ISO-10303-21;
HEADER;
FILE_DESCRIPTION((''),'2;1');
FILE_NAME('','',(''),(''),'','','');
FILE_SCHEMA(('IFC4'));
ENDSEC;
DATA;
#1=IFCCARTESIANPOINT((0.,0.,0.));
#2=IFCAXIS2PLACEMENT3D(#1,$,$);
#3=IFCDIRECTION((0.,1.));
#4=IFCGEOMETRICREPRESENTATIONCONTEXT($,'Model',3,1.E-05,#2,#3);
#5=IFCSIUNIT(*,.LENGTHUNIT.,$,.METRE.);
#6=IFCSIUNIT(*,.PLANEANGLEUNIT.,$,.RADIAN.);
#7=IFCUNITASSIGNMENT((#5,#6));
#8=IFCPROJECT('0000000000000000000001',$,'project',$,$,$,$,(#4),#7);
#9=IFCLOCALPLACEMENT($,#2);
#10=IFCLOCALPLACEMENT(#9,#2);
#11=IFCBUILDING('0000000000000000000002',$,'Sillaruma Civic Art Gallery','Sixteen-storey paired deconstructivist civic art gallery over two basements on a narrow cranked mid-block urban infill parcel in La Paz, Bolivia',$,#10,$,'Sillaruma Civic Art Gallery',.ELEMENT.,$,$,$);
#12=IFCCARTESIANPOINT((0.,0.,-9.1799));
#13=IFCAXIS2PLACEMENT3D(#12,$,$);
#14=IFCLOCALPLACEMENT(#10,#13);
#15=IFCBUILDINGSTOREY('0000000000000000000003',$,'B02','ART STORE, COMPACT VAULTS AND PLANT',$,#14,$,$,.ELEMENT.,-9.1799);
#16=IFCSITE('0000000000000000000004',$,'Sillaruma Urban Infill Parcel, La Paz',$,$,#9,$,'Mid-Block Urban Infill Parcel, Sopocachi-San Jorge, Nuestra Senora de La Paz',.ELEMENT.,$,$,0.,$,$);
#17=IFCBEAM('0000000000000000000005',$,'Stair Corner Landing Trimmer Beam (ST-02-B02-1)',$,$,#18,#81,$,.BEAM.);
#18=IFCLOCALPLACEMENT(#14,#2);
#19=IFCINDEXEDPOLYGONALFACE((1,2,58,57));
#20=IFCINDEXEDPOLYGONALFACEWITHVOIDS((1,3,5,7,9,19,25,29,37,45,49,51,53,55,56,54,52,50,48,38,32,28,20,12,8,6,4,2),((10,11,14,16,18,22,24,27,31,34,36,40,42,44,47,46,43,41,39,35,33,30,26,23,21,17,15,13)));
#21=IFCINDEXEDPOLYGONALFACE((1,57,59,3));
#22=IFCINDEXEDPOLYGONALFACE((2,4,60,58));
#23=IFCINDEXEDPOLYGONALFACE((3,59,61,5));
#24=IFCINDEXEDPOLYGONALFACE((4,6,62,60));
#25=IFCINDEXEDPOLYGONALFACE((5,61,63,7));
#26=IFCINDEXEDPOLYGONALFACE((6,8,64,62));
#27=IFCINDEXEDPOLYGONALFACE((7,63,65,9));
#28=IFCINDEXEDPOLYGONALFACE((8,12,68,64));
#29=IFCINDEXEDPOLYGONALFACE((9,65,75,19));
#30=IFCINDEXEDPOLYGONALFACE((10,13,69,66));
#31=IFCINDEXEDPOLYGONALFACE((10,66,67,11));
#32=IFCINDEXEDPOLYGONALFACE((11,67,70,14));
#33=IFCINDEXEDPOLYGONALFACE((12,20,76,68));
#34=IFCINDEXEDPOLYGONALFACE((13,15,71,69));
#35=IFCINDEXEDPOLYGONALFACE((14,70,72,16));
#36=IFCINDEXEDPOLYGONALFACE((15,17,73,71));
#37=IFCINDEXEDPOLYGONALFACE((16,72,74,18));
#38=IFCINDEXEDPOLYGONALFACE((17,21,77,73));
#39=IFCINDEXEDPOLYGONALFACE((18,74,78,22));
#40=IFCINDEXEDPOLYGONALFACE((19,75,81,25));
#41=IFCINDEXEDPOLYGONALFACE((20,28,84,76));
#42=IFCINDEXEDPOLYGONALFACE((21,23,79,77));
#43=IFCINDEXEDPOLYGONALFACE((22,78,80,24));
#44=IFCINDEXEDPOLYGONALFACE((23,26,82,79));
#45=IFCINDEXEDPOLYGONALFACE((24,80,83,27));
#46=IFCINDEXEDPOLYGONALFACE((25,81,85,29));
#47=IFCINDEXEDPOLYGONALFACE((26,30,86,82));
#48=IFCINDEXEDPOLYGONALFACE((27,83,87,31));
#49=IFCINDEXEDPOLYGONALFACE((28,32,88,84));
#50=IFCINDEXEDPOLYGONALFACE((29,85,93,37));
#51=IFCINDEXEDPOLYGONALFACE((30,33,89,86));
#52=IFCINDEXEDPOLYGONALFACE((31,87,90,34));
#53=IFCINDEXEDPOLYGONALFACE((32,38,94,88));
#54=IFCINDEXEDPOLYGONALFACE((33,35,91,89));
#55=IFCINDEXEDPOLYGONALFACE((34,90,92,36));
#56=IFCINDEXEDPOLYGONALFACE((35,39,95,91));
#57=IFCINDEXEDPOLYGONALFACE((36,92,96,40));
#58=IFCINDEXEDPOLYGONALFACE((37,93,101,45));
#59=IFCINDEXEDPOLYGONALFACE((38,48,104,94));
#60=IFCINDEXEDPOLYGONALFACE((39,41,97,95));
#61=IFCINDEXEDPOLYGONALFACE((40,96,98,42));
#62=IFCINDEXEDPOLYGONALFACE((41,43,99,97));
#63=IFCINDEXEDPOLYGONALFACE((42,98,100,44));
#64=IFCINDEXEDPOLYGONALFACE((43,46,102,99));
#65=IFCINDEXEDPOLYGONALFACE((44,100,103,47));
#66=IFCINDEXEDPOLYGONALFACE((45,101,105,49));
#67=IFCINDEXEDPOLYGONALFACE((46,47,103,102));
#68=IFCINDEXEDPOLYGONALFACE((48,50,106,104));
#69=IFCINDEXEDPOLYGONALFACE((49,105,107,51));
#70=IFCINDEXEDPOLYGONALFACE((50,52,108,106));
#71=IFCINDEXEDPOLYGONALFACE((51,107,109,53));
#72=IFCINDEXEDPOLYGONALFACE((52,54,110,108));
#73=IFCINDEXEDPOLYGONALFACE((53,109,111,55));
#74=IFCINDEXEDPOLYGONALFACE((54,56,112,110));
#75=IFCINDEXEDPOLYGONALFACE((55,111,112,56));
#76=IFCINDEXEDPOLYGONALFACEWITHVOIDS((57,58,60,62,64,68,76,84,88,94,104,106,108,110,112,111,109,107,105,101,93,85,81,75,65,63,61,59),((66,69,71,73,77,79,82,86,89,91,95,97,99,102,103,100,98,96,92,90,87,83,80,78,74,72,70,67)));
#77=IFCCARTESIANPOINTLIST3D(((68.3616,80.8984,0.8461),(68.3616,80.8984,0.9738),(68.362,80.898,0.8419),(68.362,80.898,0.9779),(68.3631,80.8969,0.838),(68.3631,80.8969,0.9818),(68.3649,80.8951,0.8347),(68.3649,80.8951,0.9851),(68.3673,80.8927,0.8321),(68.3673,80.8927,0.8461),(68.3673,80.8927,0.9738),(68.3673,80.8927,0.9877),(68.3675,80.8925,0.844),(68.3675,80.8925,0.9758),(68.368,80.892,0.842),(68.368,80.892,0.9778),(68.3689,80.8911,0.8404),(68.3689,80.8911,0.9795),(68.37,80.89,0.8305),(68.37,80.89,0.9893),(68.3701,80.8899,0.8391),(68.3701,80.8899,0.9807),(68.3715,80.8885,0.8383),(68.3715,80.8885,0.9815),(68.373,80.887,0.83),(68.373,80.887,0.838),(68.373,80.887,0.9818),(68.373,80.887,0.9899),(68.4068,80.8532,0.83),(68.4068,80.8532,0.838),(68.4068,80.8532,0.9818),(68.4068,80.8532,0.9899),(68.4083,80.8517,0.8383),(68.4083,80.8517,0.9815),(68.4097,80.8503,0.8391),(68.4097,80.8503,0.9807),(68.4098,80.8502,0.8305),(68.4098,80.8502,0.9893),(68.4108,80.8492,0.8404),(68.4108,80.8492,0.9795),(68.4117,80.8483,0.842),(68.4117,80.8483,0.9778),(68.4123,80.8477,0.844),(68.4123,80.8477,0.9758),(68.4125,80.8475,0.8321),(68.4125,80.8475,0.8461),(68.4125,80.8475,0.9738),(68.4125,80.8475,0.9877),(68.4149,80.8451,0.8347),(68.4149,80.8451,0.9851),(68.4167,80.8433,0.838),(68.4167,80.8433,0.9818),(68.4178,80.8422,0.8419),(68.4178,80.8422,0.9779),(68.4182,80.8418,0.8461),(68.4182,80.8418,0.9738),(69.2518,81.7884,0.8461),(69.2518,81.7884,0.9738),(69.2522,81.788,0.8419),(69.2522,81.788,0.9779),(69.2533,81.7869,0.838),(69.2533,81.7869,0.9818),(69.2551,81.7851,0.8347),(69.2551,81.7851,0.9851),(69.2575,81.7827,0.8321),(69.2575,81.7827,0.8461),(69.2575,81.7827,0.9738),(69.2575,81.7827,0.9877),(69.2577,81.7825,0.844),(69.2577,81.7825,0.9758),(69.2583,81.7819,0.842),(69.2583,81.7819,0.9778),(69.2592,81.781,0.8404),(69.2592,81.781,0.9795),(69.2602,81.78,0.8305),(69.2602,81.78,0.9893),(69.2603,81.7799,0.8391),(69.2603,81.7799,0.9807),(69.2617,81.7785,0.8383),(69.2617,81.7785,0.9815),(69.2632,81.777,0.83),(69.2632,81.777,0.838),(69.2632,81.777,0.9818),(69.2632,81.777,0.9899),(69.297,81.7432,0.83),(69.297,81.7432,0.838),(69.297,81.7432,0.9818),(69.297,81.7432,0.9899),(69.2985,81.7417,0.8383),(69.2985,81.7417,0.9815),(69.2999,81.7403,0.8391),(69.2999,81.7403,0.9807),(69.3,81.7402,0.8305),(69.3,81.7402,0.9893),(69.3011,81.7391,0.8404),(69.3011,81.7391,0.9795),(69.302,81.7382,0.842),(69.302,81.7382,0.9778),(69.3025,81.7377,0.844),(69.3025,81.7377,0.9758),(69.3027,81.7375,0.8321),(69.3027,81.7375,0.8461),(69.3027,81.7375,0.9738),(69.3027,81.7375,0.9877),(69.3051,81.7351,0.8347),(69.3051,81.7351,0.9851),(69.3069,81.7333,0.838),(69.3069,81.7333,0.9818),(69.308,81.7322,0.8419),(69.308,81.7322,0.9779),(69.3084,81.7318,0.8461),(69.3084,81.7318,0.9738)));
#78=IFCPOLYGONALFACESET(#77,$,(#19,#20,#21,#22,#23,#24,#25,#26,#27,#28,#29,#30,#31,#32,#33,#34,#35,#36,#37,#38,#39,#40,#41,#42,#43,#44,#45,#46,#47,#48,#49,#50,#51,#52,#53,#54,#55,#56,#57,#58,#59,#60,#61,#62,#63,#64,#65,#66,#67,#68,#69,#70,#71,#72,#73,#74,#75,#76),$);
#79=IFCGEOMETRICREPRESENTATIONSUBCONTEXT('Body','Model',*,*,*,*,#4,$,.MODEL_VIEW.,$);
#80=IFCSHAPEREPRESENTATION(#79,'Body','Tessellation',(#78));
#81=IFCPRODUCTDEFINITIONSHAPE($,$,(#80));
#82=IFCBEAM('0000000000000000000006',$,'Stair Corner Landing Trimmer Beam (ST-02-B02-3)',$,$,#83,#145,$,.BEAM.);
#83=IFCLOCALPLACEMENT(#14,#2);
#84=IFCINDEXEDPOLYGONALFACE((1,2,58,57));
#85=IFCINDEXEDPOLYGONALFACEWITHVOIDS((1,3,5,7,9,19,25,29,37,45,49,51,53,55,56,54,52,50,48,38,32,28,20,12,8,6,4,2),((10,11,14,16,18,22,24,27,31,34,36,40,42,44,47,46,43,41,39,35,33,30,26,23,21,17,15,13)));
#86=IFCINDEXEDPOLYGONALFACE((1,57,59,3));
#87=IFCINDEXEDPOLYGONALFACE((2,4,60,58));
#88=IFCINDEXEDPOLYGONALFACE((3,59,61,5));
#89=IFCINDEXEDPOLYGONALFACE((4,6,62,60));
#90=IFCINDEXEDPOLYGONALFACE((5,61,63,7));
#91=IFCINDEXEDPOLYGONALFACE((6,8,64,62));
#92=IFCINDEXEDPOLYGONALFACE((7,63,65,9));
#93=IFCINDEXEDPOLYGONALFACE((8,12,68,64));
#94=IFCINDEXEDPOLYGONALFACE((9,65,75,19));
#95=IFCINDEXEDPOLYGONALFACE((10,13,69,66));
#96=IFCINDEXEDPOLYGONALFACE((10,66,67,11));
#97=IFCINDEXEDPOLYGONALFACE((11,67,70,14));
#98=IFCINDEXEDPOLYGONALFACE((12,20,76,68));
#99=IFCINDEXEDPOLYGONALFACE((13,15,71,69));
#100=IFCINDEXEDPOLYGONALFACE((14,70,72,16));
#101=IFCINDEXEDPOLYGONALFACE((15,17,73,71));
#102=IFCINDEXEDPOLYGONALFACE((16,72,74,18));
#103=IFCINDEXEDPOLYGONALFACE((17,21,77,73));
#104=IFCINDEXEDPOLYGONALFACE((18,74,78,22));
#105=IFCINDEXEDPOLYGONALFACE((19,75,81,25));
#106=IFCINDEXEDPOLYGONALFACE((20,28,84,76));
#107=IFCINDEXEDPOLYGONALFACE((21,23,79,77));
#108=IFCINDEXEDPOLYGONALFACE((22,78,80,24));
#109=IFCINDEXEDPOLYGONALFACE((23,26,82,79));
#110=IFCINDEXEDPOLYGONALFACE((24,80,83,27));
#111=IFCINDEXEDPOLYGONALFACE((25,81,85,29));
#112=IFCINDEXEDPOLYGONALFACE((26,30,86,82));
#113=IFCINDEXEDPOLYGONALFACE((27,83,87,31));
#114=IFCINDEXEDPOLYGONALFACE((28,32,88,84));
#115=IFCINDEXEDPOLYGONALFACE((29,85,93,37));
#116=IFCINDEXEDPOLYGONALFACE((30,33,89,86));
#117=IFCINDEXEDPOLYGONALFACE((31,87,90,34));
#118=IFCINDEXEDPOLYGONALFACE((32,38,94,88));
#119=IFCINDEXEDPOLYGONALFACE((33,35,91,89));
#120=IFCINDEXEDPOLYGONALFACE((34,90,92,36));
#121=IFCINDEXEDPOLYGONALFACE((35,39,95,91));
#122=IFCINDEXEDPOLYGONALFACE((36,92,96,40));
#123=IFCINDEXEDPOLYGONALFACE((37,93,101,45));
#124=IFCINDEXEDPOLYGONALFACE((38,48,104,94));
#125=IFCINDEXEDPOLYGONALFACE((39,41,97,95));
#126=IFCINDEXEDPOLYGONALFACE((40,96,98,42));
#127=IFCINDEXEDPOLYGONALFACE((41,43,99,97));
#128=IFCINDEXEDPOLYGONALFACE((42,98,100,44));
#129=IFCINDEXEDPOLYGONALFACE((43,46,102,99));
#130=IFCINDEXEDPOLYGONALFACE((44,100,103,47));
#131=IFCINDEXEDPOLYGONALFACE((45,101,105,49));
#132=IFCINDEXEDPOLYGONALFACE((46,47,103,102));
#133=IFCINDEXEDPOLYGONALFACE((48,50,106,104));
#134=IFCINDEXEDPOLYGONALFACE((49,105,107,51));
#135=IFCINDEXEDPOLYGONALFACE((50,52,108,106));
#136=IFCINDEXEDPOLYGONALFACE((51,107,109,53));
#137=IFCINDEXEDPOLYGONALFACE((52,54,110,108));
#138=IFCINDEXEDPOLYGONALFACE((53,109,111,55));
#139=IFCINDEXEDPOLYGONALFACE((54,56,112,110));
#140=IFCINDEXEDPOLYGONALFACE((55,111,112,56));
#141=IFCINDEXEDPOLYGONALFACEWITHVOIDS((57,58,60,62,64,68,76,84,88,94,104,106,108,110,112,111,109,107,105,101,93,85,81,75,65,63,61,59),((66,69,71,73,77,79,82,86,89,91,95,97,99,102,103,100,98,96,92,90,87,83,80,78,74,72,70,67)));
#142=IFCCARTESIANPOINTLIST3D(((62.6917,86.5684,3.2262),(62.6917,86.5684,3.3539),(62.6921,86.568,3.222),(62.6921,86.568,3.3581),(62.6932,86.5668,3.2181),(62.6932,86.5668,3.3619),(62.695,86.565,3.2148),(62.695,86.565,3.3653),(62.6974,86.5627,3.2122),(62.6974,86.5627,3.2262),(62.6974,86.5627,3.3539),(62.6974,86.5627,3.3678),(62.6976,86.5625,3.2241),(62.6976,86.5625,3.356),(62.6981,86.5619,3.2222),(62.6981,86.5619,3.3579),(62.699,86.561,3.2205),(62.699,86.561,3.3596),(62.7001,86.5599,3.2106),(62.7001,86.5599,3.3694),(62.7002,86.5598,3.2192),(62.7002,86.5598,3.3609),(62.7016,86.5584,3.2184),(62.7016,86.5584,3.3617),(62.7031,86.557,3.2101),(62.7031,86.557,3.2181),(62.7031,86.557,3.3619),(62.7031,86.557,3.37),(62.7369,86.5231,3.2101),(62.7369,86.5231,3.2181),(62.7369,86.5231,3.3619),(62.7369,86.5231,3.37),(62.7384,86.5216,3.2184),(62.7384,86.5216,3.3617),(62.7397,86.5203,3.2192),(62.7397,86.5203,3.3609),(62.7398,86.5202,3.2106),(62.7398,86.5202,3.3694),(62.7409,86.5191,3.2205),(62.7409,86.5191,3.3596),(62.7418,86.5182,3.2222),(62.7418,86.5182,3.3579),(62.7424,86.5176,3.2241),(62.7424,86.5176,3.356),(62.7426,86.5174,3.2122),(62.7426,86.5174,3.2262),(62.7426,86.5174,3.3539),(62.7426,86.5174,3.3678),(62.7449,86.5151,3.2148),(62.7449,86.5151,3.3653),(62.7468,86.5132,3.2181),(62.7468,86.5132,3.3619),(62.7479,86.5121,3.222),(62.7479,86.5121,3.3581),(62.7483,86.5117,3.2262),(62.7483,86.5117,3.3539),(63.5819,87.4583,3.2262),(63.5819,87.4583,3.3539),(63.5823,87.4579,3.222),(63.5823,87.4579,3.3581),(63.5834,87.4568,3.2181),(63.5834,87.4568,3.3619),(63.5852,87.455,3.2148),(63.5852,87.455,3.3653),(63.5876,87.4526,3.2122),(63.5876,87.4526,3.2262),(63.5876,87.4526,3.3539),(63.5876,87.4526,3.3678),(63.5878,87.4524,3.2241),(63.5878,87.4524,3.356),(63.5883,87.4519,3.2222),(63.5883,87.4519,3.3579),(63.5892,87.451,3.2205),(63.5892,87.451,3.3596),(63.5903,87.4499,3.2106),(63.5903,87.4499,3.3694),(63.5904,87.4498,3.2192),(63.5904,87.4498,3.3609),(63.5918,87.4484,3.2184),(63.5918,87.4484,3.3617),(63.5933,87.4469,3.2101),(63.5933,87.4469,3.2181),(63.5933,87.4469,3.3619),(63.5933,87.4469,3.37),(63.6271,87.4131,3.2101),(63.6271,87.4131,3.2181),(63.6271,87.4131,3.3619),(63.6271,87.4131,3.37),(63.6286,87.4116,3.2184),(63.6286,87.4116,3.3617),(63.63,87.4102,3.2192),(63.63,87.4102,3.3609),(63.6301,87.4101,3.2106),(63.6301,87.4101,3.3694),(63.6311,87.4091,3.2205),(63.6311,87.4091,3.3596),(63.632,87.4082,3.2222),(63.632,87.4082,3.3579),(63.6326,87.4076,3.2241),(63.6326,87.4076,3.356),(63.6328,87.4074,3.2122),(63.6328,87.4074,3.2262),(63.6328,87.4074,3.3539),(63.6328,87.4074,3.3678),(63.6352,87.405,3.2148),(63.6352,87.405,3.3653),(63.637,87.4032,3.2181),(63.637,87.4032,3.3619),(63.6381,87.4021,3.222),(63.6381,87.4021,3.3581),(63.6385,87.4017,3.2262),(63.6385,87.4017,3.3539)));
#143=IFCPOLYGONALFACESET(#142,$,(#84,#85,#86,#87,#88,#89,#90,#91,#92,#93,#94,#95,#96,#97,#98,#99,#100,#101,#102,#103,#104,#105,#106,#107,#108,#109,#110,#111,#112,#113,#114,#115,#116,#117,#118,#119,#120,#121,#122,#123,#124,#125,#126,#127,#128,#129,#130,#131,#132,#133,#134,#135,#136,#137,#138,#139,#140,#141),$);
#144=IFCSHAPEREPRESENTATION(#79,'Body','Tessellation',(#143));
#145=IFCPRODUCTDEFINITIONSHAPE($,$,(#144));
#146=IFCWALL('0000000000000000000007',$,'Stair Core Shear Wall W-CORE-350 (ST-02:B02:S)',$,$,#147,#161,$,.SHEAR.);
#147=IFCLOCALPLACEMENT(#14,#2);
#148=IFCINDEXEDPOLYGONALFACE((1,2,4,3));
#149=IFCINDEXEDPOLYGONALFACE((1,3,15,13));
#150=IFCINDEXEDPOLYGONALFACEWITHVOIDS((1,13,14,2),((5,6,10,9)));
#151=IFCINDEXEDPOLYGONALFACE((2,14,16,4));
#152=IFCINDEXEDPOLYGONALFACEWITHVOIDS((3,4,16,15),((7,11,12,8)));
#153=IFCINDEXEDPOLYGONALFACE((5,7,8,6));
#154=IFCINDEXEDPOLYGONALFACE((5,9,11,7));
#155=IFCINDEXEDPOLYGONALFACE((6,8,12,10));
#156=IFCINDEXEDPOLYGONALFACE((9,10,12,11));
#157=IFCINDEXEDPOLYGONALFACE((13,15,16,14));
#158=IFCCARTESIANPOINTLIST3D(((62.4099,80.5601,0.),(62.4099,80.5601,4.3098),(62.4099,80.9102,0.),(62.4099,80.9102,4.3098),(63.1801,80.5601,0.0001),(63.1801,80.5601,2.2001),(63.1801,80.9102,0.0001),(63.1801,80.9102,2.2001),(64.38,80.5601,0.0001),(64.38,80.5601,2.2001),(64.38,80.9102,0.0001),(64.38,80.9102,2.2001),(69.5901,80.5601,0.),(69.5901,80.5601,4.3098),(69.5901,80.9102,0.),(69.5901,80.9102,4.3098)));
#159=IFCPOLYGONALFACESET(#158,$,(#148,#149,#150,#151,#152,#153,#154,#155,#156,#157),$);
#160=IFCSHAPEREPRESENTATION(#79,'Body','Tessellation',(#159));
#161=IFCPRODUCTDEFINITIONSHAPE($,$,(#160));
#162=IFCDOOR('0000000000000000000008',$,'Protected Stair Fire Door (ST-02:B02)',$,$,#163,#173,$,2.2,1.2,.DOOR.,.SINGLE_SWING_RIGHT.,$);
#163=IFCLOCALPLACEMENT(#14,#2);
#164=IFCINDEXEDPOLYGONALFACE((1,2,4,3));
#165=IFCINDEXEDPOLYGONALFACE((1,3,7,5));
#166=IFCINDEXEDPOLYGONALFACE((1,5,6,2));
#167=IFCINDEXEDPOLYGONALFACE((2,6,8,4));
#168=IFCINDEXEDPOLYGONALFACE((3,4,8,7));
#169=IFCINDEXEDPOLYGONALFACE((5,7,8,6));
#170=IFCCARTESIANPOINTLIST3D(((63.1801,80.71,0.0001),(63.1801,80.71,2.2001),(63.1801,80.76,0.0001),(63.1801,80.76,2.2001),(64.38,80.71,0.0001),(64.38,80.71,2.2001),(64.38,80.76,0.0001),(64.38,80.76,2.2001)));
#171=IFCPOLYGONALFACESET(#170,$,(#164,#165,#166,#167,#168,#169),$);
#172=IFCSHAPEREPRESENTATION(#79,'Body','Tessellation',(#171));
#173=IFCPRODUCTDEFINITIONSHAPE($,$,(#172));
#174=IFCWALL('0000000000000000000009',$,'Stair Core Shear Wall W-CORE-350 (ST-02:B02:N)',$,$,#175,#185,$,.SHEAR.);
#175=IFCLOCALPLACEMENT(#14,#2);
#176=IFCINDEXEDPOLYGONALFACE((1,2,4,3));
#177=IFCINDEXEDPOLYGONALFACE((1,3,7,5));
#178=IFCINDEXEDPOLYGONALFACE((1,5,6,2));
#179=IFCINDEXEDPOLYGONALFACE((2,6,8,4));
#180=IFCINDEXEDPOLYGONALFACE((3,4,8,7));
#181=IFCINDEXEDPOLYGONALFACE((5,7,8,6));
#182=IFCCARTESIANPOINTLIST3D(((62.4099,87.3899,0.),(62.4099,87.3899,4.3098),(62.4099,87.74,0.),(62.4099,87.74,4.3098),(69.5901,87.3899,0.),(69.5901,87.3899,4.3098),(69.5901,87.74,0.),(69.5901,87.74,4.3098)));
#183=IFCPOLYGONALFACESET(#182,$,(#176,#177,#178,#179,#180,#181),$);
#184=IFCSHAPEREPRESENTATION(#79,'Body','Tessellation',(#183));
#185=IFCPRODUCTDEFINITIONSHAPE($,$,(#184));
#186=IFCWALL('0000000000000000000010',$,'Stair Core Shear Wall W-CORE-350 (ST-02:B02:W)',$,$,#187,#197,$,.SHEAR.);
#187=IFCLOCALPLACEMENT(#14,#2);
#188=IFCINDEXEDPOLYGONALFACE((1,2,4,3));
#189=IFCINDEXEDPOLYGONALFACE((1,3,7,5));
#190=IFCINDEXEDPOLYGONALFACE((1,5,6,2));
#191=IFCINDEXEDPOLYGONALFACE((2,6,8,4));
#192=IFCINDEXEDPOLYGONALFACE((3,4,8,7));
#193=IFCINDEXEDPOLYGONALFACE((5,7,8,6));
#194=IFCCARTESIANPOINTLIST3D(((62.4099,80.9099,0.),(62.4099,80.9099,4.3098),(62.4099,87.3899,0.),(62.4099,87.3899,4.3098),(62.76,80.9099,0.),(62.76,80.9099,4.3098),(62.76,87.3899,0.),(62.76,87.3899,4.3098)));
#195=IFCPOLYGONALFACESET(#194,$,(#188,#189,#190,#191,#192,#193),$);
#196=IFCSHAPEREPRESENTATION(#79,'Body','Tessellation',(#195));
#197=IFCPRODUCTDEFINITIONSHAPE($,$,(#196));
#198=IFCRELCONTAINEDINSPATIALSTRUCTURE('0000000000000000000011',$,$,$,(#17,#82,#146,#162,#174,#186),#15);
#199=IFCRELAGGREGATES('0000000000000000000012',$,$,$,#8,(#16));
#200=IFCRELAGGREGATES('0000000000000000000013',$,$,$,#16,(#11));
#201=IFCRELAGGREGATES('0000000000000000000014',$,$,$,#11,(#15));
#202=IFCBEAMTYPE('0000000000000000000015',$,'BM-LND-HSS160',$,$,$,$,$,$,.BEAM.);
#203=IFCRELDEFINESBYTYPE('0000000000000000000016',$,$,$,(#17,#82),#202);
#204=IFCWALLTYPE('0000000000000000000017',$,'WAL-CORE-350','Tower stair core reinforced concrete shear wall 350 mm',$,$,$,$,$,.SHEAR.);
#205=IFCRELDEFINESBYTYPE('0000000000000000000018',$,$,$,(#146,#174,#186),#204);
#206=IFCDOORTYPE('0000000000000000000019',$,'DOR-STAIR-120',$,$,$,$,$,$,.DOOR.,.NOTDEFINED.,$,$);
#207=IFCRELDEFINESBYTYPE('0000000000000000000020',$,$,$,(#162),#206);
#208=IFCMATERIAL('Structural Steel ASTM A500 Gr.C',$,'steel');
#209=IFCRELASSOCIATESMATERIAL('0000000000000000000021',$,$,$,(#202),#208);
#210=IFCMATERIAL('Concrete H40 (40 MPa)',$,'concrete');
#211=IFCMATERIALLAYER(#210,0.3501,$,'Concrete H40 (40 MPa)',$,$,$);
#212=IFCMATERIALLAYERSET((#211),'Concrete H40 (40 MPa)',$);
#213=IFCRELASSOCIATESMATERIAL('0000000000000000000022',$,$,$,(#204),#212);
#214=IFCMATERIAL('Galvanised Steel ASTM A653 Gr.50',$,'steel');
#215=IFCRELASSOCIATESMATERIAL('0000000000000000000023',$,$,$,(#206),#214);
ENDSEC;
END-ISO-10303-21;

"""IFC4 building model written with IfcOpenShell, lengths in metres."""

from ifc_helpers import new_model, si_unit, direction, frame, frame_2d, origin, origin_2d, place, context, subcontext, project, spatial, rectangle, hollow_rectangle, extrude, material, layer, layer_set, material_profile, profile_set, type_object, element, fill, save


model = new_model("IFC4")

# Units and contexts
model_context = context("Model", 3, precision=1e-05, world=origin(), true_north=direction((0.0, 1.0)))
body_context = subcontext(model_context, "Body", "Model", "MODEL_VIEW")
ifc_project = project(units=[si_unit("LENGTHUNIT", "METRE"), si_unit("PLANEANGLEUNIT", "RADIAN")], contexts=[model_context])

# Site, building, storey
site_placement = place(None, origin())
site = spatial("IfcSite", under=ifc_project, at=site_placement, Name="Sillaruma Urban Infill Parcel, La Paz", LongName="Mid-Block Urban Infill Parcel, Sopocachi-San Jorge, Nuestra Senora de La Paz", CompositionType="ELEMENT", RefElevation=0.0)
building_placement = place(site_placement, origin())
building = spatial("IfcBuilding", under=site, at=building_placement, Name="Sillaruma Civic Art Gallery", Description="Sixteen-storey paired deconstructivist civic art gallery over two basements on a narrow cranked mid-block urban infill parcel in La Paz, Bolivia", LongName="Sillaruma Civic Art Gallery", CompositionType="ELEMENT")
storey_placement = place(building_placement, frame((0.0, 0.0, -9.1799)))
storey = spatial("IfcBuildingStorey", under=building, at=storey_placement, Name="B02", Description="ART STORE, COMPACT VAULTS AND PLANT", CompositionType="ELEMENT", Elevation=-9.1799)

# Shared definitions
ifc_material_1 = material(Name="Concrete H40 (40 MPa)", Category="concrete")

# Beams
ifc_material_2 = material(Name="Structural Steel ASTM A500 Gr.C", Category="steel")
ifc_material_profile_1 = material_profile(ifc_material_2, hollow_rectangle(XDim=0.0801, YDim=0.1599, WallThickness=0.0081, InnerFilletRadius=0.0081, OuterFilletRadius=0.0161, at=origin_2d()), Name="HSS160x80x8")
ifc_profile_set_1 = profile_set([ifc_material_profile_1], Name="Structural Steel ASTM A500 Gr.C")
beam_type = type_object("IfcBeamType", Name="BM-LND-HSS160", PredefinedType="BEAM", material=ifc_profile_set_1)
for number, where, z_axis, x_axis, name in (
    (1, (68.3899, 80.8701, 0.9099), (0.707204, 0.70701, 0.0), (-0.70701, 0.707204, 0.0), "Stair Corner Landing Trimmer Beam (ST-02-B02-1)"),
    (2, (62.72, 86.54, 3.29), (0.707204, 0.70701, 0.0), (-0.70701, 0.707204, 0.0), "Stair Corner Landing Trimmer Beam (ST-02-B02-3)"),
):
    element("IfcBeam", number, at=place(storey_placement, frame(where, z_axis=z_axis, x_axis=x_axis)), inside=storey, type_object=beam_type, Name=name, PredefinedType="BEAM", context=body_context, shape_type="SweptSolid", body=[
        extrude(hollow_rectangle(XDim=0.0801, YDim=0.1599, WallThickness=0.0081, InnerFilletRadius=0.0081, OuterFilletRadius=0.0161, at=origin_2d()), origin(), (0.0, 0.0, 1.0), 1.2588),
    ])

# Wall, opening, door
ifc_layer_1 = layer(ifc_material_1, 0.3501, Name="Concrete H40 (40 MPa)")
ifc_layer_set_1 = layer_set([ifc_layer_1], Name="Concrete H40 (40 MPa)")
wall_type_1 = type_object("IfcWallType", Name="WAL-CORE-350", Description="Tower stair core reinforced concrete shear wall 350 mm", PredefinedType="SHEAR", material=ifc_layer_set_1)
wall_1_placement = place(storey_placement, frame((62.4099, 80.7351, 0.0), z_axis=(0.0, 0.0, 1.0), x_axis=(1.0, 0.0, 0.0)))
wall_1 = element("IfcWall", 3, at=wall_1_placement, inside=storey, type_object=wall_type_1, Name="Stair Core Shear Wall W-CORE-350 (ST-02:B02:S)", PredefinedType="SHEAR", context=body_context, shape_type="SweptSolid", body=[
    extrude(rectangle(XDim=7.1802, YDim=0.3501, at=frame_2d((3.5901, 0.0))), origin(), (0.0, 0.0, 1.0), 4.3098),
])
opening_placement = place(wall_1_placement, frame((0.77, 0.0, 0.0)))
opening = element("IfcOpeningElement", 4, at=opening_placement, cuts=wall_1, PredefinedType="OPENING", context=body_context, shape_type="SweptSolid", body=[
    extrude(rectangle(XDim=1.2, YDim=2.2, at=frame_2d((0.6001, 1.1001))), frame((0.0, 0.1851, 0.0), z_axis=(0.0, -1.0, 0.0), x_axis=(1.0, 0.0, 0.0)), (0.0, 0.0, 1.0), 0.3701),
])
ifc_material_3 = material(Name="Galvanised Steel ASTM A653 Gr.50", Category="steel")
door_type = type_object("IfcDoorType", Name="DOR-STAIR-120", OperationType="NOTDEFINED", PredefinedType="DOOR", material=ifc_material_3)
door_placement = place(opening_placement, origin())
door = element("IfcDoor", 5, at=door_placement, inside=storey, type_object=door_type, Name="Protected Stair Fire Door (ST-02:B02)", OperationType="SINGLE_SWING_RIGHT", OverallHeight=2.2, OverallWidth=1.2, PredefinedType="DOOR", context=body_context, shape_type="SweptSolid", body=[
    extrude(rectangle(XDim=1.2, YDim=2.2, at=frame_2d((0.6001, 1.1001))), frame((0.0, 0.0249, 0.0), z_axis=(0.0, -1.0, 0.0), x_axis=(1.0, 0.0, 0.0)), (0.0, 0.0, 1.0), 0.05),
])
fill(opening, door)

# Walls
wall_2_placement = place(storey_placement, frame((62.4099, 87.5649, 0.0), z_axis=(0.0, 0.0, 1.0), x_axis=(1.0, 0.0, 0.0)))
element("IfcWall", 6, at=wall_2_placement, inside=storey, type_object=wall_type_1, Name="Stair Core Shear Wall W-CORE-350 (ST-02:B02:N)", PredefinedType="SHEAR", context=body_context, shape_type="SweptSolid", body=[
    extrude(rectangle(XDim=7.1802, YDim=0.3501, at=frame_2d((3.5901, 0.0))), origin(), (0.0, 0.0, 1.0), 4.3098),
])
wall_3_placement = place(storey_placement, frame((62.585, 80.9099, 0.0), z_axis=(0.0, 0.0, 1.0), x_axis=(0.0, 1.0, 0.0)))
element("IfcWall", 7, at=wall_3_placement, inside=storey, type_object=wall_type_1, Name="Stair Core Shear Wall W-CORE-350 (ST-02:B02:W)", PredefinedType="SHEAR", context=body_context, shape_type="SweptSolid", body=[
    extrude(rectangle(XDim=6.48, YDim=0.3501, at=frame_2d((3.24, 0.0))), origin(), (0.0, 0.0, 1.0), 4.3098),
])

save(model, "model.ifc")
